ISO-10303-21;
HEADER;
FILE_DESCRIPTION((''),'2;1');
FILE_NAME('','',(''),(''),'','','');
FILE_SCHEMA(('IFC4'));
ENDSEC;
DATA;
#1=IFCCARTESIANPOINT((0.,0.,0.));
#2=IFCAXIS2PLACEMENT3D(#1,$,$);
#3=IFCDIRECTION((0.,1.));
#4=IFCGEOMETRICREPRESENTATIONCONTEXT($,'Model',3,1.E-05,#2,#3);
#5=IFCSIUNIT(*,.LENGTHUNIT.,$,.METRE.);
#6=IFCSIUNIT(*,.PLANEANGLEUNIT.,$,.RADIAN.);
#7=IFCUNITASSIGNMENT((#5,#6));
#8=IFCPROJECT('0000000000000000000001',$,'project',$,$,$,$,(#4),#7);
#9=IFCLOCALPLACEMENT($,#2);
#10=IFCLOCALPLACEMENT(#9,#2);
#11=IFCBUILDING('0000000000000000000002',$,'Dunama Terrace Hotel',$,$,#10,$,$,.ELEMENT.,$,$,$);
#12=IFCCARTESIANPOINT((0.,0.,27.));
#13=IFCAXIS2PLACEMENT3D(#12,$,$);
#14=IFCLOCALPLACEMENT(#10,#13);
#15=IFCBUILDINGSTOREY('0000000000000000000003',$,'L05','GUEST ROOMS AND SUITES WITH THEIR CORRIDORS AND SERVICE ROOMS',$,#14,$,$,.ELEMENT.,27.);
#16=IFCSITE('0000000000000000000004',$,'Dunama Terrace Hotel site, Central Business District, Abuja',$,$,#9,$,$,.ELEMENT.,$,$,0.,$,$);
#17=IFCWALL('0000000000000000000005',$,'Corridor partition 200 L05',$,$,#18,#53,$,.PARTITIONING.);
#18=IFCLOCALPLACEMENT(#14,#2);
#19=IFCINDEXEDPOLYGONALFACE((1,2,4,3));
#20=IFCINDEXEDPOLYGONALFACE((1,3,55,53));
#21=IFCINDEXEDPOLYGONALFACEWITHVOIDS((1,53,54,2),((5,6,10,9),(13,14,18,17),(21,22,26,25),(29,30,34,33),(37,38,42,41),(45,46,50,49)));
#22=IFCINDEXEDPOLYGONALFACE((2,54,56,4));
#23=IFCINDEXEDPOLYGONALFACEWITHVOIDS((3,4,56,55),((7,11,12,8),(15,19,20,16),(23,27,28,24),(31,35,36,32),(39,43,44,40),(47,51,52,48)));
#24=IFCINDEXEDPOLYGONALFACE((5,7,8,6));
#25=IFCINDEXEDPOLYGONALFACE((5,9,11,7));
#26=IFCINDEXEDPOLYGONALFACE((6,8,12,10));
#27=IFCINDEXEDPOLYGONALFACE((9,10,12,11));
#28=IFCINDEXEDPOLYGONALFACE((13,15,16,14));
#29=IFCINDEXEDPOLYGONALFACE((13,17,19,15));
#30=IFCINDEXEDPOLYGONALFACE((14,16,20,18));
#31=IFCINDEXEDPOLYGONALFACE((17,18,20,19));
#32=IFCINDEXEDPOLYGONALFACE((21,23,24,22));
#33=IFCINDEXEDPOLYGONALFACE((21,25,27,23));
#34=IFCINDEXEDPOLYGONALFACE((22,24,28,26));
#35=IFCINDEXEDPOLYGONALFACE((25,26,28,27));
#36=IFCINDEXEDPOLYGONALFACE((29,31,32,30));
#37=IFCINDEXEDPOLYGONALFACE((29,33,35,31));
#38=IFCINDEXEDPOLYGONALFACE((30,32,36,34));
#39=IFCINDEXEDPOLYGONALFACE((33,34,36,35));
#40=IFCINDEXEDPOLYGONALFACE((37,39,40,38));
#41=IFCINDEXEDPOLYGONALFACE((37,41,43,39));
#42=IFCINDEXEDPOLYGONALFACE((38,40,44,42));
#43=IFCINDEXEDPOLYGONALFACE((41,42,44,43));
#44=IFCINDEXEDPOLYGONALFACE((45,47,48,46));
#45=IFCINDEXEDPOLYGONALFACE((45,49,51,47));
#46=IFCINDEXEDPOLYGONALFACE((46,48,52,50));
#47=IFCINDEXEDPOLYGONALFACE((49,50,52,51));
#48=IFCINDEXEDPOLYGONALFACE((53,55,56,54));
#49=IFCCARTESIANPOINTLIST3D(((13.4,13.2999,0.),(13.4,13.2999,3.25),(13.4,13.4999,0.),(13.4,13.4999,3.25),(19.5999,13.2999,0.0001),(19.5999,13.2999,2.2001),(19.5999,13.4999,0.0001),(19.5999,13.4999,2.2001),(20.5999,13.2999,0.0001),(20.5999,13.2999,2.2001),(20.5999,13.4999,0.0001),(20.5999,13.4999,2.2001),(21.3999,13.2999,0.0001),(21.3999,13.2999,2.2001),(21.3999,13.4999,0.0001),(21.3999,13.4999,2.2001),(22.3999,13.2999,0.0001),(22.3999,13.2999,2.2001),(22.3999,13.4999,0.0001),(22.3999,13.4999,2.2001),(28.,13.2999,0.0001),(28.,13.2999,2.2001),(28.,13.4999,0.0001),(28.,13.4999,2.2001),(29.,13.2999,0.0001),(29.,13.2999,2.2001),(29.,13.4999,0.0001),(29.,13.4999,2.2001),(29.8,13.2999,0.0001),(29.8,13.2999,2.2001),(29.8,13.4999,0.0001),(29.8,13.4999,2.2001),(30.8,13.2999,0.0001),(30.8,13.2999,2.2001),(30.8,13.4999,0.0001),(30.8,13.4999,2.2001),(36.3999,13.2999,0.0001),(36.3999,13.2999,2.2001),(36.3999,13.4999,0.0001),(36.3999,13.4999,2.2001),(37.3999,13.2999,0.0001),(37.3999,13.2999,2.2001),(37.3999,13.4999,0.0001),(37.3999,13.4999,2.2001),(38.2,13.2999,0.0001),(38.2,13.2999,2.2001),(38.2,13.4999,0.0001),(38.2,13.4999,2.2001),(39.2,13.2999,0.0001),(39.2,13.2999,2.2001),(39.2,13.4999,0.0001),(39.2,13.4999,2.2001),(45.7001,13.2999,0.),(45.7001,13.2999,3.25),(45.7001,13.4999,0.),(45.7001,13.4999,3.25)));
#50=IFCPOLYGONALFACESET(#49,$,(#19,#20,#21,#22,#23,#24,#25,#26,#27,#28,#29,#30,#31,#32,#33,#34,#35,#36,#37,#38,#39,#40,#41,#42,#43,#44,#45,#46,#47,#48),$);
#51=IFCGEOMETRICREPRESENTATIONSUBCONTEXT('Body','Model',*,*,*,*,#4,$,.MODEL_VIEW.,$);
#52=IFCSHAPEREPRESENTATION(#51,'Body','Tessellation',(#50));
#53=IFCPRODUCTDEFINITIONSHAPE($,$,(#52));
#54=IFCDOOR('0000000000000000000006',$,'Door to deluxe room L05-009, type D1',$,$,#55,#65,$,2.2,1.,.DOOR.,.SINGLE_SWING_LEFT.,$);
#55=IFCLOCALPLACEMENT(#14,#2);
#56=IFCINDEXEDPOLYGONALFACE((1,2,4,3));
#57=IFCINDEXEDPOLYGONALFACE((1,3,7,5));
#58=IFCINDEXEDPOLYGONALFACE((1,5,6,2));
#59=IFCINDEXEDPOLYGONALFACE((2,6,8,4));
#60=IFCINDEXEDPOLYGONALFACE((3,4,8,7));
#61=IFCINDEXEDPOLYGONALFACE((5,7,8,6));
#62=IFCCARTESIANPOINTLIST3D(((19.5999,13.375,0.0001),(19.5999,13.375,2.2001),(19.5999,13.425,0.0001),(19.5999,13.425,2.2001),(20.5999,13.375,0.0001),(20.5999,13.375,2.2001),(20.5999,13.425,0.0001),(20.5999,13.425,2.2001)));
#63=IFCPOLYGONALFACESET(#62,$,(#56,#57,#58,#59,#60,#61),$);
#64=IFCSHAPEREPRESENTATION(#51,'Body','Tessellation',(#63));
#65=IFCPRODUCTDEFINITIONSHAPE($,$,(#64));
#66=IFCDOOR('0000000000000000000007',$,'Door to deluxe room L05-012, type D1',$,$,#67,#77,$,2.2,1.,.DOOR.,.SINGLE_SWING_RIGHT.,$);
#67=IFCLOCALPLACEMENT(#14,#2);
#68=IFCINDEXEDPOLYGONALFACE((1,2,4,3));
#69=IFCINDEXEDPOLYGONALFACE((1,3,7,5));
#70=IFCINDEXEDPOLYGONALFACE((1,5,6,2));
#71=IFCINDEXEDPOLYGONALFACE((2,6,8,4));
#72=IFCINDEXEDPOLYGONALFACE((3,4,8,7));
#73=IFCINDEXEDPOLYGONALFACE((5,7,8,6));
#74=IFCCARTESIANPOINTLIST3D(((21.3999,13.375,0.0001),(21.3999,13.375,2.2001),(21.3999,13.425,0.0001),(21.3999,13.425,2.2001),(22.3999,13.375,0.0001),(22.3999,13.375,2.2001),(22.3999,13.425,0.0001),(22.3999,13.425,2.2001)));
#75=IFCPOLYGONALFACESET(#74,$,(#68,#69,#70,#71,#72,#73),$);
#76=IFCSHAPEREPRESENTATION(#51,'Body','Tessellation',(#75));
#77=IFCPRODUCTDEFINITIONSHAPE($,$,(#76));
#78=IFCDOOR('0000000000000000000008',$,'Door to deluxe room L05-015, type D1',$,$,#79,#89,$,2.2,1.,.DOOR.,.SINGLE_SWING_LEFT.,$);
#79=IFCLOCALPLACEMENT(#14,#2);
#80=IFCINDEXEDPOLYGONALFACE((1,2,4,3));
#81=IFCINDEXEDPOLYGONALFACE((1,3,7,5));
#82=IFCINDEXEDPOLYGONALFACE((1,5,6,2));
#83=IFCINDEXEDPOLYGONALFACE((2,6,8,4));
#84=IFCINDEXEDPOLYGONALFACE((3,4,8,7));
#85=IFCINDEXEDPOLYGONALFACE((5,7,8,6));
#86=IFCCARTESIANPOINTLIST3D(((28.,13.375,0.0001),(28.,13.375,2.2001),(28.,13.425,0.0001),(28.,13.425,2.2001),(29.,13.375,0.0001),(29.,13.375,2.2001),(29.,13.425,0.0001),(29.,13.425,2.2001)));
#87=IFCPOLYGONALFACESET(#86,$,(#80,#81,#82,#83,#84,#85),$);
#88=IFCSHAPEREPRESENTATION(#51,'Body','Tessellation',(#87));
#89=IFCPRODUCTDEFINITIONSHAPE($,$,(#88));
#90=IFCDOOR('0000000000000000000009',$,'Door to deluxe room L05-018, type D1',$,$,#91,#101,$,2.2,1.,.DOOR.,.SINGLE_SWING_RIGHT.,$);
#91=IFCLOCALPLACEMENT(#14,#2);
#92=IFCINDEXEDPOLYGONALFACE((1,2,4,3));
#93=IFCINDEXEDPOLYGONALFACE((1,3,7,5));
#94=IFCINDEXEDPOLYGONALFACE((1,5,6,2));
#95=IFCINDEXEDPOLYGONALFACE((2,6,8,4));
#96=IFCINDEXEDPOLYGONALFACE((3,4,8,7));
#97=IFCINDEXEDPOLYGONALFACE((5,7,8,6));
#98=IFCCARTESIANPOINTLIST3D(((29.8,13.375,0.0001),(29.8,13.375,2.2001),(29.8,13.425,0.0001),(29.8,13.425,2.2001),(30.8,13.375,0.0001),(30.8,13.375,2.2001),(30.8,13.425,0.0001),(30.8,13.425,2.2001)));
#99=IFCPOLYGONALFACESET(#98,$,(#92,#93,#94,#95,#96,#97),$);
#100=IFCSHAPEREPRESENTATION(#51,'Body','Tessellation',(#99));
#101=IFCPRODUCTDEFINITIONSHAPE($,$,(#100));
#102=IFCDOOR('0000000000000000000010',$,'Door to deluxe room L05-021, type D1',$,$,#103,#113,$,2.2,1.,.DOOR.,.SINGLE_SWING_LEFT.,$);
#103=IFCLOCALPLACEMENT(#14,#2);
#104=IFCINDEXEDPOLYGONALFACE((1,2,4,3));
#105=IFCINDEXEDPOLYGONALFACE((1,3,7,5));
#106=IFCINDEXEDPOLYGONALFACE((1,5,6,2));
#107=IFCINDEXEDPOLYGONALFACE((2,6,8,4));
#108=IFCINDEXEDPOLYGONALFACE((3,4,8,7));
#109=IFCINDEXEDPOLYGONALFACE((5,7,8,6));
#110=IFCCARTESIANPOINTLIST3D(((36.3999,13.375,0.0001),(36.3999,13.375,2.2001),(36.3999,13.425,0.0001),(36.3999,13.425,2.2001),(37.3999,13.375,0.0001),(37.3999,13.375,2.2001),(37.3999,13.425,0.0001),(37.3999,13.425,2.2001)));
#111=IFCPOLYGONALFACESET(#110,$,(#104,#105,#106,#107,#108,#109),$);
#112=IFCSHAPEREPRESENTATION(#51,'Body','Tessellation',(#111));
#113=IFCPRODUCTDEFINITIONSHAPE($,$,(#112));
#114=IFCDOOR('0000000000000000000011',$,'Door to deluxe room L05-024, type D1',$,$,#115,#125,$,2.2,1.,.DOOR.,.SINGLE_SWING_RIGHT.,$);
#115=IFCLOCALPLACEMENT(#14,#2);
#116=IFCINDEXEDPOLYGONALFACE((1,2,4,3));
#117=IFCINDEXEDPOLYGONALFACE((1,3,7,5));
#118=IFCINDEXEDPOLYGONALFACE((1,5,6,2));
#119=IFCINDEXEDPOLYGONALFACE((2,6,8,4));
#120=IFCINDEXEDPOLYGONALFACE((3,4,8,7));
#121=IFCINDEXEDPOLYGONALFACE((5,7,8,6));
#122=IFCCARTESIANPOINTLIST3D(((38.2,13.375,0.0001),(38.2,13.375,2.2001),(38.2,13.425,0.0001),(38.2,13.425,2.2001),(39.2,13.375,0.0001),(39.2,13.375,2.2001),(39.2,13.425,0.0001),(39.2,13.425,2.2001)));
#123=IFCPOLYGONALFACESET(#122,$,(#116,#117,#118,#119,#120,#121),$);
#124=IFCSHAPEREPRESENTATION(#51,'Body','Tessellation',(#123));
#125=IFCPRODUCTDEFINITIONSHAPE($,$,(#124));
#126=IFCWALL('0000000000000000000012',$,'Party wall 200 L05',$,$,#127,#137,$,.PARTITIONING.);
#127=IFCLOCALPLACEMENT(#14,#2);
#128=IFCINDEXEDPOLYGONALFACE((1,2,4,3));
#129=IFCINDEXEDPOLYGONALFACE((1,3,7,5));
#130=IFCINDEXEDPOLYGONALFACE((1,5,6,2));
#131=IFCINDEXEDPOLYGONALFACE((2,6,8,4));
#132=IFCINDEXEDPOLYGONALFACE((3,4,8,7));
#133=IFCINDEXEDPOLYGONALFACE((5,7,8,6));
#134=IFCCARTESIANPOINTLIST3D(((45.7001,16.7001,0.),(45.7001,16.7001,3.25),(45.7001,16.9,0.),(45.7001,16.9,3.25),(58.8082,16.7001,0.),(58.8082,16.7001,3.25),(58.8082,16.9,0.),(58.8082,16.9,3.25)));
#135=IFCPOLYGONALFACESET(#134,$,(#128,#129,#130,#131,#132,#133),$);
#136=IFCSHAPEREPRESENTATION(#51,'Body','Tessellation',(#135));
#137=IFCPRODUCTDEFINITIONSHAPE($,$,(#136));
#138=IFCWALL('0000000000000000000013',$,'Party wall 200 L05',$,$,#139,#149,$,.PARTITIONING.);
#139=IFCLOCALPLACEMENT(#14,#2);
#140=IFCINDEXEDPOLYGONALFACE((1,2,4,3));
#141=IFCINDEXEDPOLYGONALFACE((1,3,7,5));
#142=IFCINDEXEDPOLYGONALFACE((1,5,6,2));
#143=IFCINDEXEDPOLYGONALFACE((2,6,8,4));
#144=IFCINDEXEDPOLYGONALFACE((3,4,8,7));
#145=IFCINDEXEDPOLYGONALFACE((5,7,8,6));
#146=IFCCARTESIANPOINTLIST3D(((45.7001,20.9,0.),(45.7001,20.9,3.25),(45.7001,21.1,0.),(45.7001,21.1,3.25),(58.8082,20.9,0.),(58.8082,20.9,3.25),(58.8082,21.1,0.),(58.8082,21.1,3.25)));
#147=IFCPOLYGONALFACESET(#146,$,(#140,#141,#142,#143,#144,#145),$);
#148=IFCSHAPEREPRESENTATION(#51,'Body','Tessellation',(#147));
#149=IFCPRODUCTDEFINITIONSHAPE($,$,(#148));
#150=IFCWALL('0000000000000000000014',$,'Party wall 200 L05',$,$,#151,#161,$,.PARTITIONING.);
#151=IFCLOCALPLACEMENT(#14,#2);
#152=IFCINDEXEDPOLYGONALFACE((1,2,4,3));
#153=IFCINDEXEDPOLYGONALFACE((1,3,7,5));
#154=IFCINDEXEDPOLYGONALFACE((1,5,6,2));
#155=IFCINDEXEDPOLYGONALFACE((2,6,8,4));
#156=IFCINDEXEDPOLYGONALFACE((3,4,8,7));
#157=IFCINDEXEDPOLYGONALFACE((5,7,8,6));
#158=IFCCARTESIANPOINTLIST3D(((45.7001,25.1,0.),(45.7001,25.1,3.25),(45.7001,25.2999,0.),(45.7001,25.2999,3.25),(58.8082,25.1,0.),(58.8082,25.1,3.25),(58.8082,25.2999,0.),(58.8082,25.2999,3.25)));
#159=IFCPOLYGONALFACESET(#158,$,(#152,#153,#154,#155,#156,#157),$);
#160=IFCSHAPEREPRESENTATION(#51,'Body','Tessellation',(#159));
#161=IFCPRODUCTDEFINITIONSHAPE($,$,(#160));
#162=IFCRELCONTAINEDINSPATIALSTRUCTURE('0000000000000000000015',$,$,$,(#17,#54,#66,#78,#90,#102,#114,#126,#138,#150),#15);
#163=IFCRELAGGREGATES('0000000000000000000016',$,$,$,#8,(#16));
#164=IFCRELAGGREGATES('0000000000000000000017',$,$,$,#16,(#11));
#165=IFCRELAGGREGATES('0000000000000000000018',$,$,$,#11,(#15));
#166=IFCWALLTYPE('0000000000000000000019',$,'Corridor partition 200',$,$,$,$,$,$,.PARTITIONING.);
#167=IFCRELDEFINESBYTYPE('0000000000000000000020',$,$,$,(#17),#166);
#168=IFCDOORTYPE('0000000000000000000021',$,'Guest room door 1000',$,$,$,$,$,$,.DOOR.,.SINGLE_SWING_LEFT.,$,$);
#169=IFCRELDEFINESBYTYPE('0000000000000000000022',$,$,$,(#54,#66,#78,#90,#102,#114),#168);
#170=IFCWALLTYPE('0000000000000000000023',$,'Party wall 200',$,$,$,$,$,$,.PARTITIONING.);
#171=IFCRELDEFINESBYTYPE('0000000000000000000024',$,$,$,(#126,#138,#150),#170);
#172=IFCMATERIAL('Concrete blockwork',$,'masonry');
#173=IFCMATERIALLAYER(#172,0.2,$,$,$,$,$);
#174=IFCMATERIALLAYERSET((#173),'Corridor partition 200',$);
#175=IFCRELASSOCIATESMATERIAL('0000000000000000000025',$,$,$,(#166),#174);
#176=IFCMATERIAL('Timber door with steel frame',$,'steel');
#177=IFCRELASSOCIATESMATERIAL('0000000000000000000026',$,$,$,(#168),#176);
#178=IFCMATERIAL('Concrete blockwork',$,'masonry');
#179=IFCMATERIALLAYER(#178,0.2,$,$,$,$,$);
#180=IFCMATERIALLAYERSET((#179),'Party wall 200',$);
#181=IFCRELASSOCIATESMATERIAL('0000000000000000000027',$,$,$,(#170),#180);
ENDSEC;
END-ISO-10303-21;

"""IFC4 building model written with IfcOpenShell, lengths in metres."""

from ifc_helpers import new_model, si_unit, direction, frame, frame_2d, origin, place, context, subcontext, project, spatial, rectangle, extrude, material, layer, layer_set, type_object, element, fill, save


model = new_model("IFC4")

# Units and contexts
model_context = context("Model", 3, precision=1e-05, world=origin(), true_north=direction((0.0, 1.0)))
body_context = subcontext(model_context, "Body", "Model", "MODEL_VIEW")
ifc_project = project(units=[si_unit("LENGTHUNIT", "METRE"), si_unit("PLANEANGLEUNIT", "RADIAN")], contexts=[model_context])

# Site, building, storey
site_placement = place(None, origin())
site = spatial("IfcSite", under=ifc_project, at=site_placement, Name="Dunama Terrace Hotel site, Central Business District, Abuja", CompositionType="ELEMENT", RefElevation=0.0)
building_placement = place(site_placement, origin())
building = spatial("IfcBuilding", under=site, at=building_placement, Name="Dunama Terrace Hotel", CompositionType="ELEMENT")
storey_placement = place(building_placement, frame((0.0, 0.0, 27.0)))
storey = spatial("IfcBuildingStorey", under=building, at=storey_placement, Name="L05", Description="GUEST ROOMS AND SUITES WITH THEIR CORRIDORS AND SERVICE ROOMS", CompositionType="ELEMENT", Elevation=27.0)

# Wall, openings, doors
ifc_material_1 = material(Name="Concrete blockwork", Category="masonry")
ifc_layer_1 = layer(ifc_material_1, 0.2)
ifc_layer_set_1 = layer_set([ifc_layer_1], Name="Corridor partition 200")
wall_type_1 = type_object("IfcWallType", Name="Corridor partition 200", PredefinedType="PARTITIONING", material=ifc_layer_set_1)
wall_1_placement = place(storey_placement, frame((45.7, 13.3999, 0.0), z_axis=(0.0, 0.0, 1.0), x_axis=(-1.0, 0.0, 0.0)))
wall_1 = element("IfcWall", 1, at=wall_1_placement, inside=storey, type_object=wall_type_1, Name="Corridor partition 200 L05", PredefinedType="PARTITIONING", context=body_context, shape_type="SweptSolid", body=[
    extrude(rectangle(XDim=32.3, YDim=0.2, at=frame_2d((16.1499, 0.0))), origin(), (0.0, 0.0, 1.0), 3.25),
])
opening_1_placement = place(wall_1_placement, frame((25.1001, 0.0, 0.0)))
opening_1 = element("IfcOpeningElement", 2, at=opening_1_placement, cuts=wall_1, PredefinedType="OPENING", context=body_context, shape_type="SweptSolid", body=[
    extrude(rectangle(XDim=1.0, YDim=2.2, at=frame_2d((0.5, 1.1001))), frame((0.0, 0.1099, 0.0), z_axis=(0.0, -1.0, 0.0), x_axis=(1.0, 0.0, 0.0)), (0.0, 0.0, 1.0), 0.22),
])
opening_2_placement = place(wall_1_placement, frame((23.3, 0.0, 0.0)))
opening_2 = element("IfcOpeningElement", 3, at=opening_2_placement, cuts=wall_1, PredefinedType="OPENING", context=body_context, shape_type="SweptSolid", body=[
    extrude(rectangle(XDim=1.0, YDim=2.2, at=frame_2d((0.5, 1.1001))), frame((0.0, 0.1099, 0.0), z_axis=(0.0, -1.0, 0.0), x_axis=(1.0, 0.0, 0.0)), (0.0, 0.0, 1.0), 0.22),
])
opening_3_placement = place(wall_1_placement, frame((16.7, 0.0, 0.0)))
opening_3 = element("IfcOpeningElement", 4, at=opening_3_placement, cuts=wall_1, PredefinedType="OPENING", context=body_context, shape_type="SweptSolid", body=[
    extrude(rectangle(XDim=1.0, YDim=2.2, at=frame_2d((0.5, 1.1001))), frame((0.0, 0.1099, 0.0), z_axis=(0.0, -1.0, 0.0), x_axis=(1.0, 0.0, 0.0)), (0.0, 0.0, 1.0), 0.22),
])
opening_4_placement = place(wall_1_placement, frame((14.8999, 0.0, 0.0)))
opening_4 = element("IfcOpeningElement", 5, at=opening_4_placement, cuts=wall_1, PredefinedType="OPENING", context=body_context, shape_type="SweptSolid", body=[
    extrude(rectangle(XDim=1.0, YDim=2.2, at=frame_2d((0.5, 1.1001))), frame((0.0, 0.1099, 0.0), z_axis=(0.0, -1.0, 0.0), x_axis=(1.0, 0.0, 0.0)), (0.0, 0.0, 1.0), 0.22),
])
opening_5_placement = place(wall_1_placement, frame((8.3, 0.0, 0.0)))
opening_5 = element("IfcOpeningElement", 6, at=opening_5_placement, cuts=wall_1, PredefinedType="OPENING", context=body_context, shape_type="SweptSolid", body=[
    extrude(rectangle(XDim=1.0, YDim=2.2, at=frame_2d((0.5, 1.1001))), frame((0.0, 0.1099, 0.0), z_axis=(0.0, -1.0, 0.0), x_axis=(1.0, 0.0, 0.0)), (0.0, 0.0, 1.0), 0.22),
])
opening_6_placement = place(wall_1_placement, frame((6.5, 0.0, 0.0)))
opening_6 = element("IfcOpeningElement", 7, at=opening_6_placement, cuts=wall_1, PredefinedType="OPENING", context=body_context, shape_type="SweptSolid", body=[
    extrude(rectangle(XDim=1.0, YDim=2.2, at=frame_2d((0.5, 1.1001))), frame((0.0, 0.1099, 0.0), z_axis=(0.0, -1.0, 0.0), x_axis=(1.0, 0.0, 0.0)), (0.0, 0.0, 1.0), 0.22),
])
ifc_material_2 = material(Name="Timber door with steel frame", Category="steel")
door_type_1 = type_object("IfcDoorType", Name="Guest room door 1000", OperationType="SINGLE_SWING_LEFT", PredefinedType="DOOR", material=ifc_material_2)
door_1_placement = place(opening_1_placement, origin())
door_1 = element("IfcDoor", 8, at=door_1_placement, inside=storey, type_object=door_type_1, Name="Door to deluxe room L05-009, type D1", OperationType="SINGLE_SWING_LEFT", OverallHeight=2.2, OverallWidth=1.0, PredefinedType="DOOR", context=body_context, shape_type="SweptSolid", body=[
    extrude(rectangle(XDim=1.0, YDim=2.2, at=frame_2d((0.5, 1.1001))), frame((0.0, 0.0249, 0.0), z_axis=(0.0, -1.0, 0.0), x_axis=(1.0, 0.0, 0.0)), (0.0, 0.0, 1.0), 0.05),
])
fill(opening_1, door_1)
door_2_placement = place(opening_2_placement, origin())
door_2 = element("IfcDoor", 9, at=door_2_placement, inside=storey, type_object=door_type_1, Name="Door to deluxe room L05-012, type D1", OperationType="SINGLE_SWING_RIGHT", OverallHeight=2.2, OverallWidth=1.0, PredefinedType="DOOR", context=body_context, shape_type="SweptSolid", body=[
    extrude(rectangle(XDim=1.0, YDim=2.2, at=frame_2d((0.5, 1.1001))), frame((0.0, 0.0249, 0.0), z_axis=(0.0, -1.0, 0.0), x_axis=(1.0, 0.0, 0.0)), (0.0, 0.0, 1.0), 0.05),
])
fill(opening_2, door_2)
door_3_placement = place(opening_3_placement, origin())
door_3 = element("IfcDoor", 10, at=door_3_placement, inside=storey, type_object=door_type_1, Name="Door to deluxe room L05-015, type D1", OperationType="SINGLE_SWING_LEFT", OverallHeight=2.2, OverallWidth=1.0, PredefinedType="DOOR", context=body_context, shape_type="SweptSolid", body=[
    extrude(rectangle(XDim=1.0, YDim=2.2, at=frame_2d((0.5, 1.1001))), frame((0.0, 0.0249, 0.0), z_axis=(0.0, -1.0, 0.0), x_axis=(1.0, 0.0, 0.0)), (0.0, 0.0, 1.0), 0.05),
])
fill(opening_3, door_3)
door_4_placement = place(opening_4_placement, origin())
door_4 = element("IfcDoor", 11, at=door_4_placement, inside=storey, type_object=door_type_1, Name="Door to deluxe room L05-018, type D1", OperationType="SINGLE_SWING_RIGHT", OverallHeight=2.2, OverallWidth=1.0, PredefinedType="DOOR", context=body_context, shape_type="SweptSolid", body=[
    extrude(rectangle(XDim=1.0, YDim=2.2, at=frame_2d((0.5, 1.1001))), frame((0.0, 0.0249, 0.0), z_axis=(0.0, -1.0, 0.0), x_axis=(1.0, 0.0, 0.0)), (0.0, 0.0, 1.0), 0.05),
])
fill(opening_4, door_4)
door_5_placement = place(opening_5_placement, origin())
door_5 = element("IfcDoor", 12, at=door_5_placement, inside=storey, type_object=door_type_1, Name="Door to deluxe room L05-021, type D1", OperationType="SINGLE_SWING_LEFT", OverallHeight=2.2, OverallWidth=1.0, PredefinedType="DOOR", context=body_context, shape_type="SweptSolid", body=[
    extrude(rectangle(XDim=1.0, YDim=2.2, at=frame_2d((0.5, 1.1001))), frame((0.0, 0.0249, 0.0), z_axis=(0.0, -1.0, 0.0), x_axis=(1.0, 0.0, 0.0)), (0.0, 0.0, 1.0), 0.05),
])
fill(opening_5, door_5)
door_6_placement = place(opening_6_placement, origin())
door_6 = element("IfcDoor", 13, at=door_6_placement, inside=storey, type_object=door_type_1, Name="Door to deluxe room L05-024, type D1", OperationType="SINGLE_SWING_RIGHT", OverallHeight=2.2, OverallWidth=1.0, PredefinedType="DOOR", context=body_context, shape_type="SweptSolid", body=[
    extrude(rectangle(XDim=1.0, YDim=2.2, at=frame_2d((0.5, 1.1001))), frame((0.0, 0.0249, 0.0), z_axis=(0.0, -1.0, 0.0), x_axis=(1.0, 0.0, 0.0)), (0.0, 0.0, 1.0), 0.05),
])
fill(opening_6, door_6)

# Walls
ifc_material_3 = material(Name="Concrete blockwork", Category="masonry")
ifc_layer_2 = layer(ifc_material_3, 0.2)
ifc_layer_set_2 = layer_set([ifc_layer_2], Name="Party wall 200")
wall_type_2 = type_object("IfcWallType", Name="Party wall 200", PredefinedType="PARTITIONING", material=ifc_layer_set_2)
for number, where, z_axis, x_axis, name in (
    (14, (45.7, 16.8, 0.0), (0.0, 0.0, 1.0), (1.0, 0.0, 0.0), "Party wall 200 L05"),
    (15, (45.7, 21.0, 0.0), (0.0, 0.0, 1.0), (1.0, 0.0, 0.0), "Party wall 200 L05"),
    (16, (45.7, 25.2, 0.0), (0.0, 0.0, 1.0), (1.0, 0.0, 0.0), "Party wall 200 L05"),
):
    element("IfcWall", number, at=place(storey_placement, frame(where, z_axis=z_axis, x_axis=x_axis)), inside=storey, type_object=wall_type_2, Name=name, PredefinedType="PARTITIONING", context=body_context, shape_type="SweptSolid", body=[
        extrude(rectangle(XDim=13.1082, YDim=0.2, at=frame_2d((6.5542, 0.0))), origin(), (0.0, 0.0, 1.0), 3.25),
    ])

save(model, "model.ifc")
